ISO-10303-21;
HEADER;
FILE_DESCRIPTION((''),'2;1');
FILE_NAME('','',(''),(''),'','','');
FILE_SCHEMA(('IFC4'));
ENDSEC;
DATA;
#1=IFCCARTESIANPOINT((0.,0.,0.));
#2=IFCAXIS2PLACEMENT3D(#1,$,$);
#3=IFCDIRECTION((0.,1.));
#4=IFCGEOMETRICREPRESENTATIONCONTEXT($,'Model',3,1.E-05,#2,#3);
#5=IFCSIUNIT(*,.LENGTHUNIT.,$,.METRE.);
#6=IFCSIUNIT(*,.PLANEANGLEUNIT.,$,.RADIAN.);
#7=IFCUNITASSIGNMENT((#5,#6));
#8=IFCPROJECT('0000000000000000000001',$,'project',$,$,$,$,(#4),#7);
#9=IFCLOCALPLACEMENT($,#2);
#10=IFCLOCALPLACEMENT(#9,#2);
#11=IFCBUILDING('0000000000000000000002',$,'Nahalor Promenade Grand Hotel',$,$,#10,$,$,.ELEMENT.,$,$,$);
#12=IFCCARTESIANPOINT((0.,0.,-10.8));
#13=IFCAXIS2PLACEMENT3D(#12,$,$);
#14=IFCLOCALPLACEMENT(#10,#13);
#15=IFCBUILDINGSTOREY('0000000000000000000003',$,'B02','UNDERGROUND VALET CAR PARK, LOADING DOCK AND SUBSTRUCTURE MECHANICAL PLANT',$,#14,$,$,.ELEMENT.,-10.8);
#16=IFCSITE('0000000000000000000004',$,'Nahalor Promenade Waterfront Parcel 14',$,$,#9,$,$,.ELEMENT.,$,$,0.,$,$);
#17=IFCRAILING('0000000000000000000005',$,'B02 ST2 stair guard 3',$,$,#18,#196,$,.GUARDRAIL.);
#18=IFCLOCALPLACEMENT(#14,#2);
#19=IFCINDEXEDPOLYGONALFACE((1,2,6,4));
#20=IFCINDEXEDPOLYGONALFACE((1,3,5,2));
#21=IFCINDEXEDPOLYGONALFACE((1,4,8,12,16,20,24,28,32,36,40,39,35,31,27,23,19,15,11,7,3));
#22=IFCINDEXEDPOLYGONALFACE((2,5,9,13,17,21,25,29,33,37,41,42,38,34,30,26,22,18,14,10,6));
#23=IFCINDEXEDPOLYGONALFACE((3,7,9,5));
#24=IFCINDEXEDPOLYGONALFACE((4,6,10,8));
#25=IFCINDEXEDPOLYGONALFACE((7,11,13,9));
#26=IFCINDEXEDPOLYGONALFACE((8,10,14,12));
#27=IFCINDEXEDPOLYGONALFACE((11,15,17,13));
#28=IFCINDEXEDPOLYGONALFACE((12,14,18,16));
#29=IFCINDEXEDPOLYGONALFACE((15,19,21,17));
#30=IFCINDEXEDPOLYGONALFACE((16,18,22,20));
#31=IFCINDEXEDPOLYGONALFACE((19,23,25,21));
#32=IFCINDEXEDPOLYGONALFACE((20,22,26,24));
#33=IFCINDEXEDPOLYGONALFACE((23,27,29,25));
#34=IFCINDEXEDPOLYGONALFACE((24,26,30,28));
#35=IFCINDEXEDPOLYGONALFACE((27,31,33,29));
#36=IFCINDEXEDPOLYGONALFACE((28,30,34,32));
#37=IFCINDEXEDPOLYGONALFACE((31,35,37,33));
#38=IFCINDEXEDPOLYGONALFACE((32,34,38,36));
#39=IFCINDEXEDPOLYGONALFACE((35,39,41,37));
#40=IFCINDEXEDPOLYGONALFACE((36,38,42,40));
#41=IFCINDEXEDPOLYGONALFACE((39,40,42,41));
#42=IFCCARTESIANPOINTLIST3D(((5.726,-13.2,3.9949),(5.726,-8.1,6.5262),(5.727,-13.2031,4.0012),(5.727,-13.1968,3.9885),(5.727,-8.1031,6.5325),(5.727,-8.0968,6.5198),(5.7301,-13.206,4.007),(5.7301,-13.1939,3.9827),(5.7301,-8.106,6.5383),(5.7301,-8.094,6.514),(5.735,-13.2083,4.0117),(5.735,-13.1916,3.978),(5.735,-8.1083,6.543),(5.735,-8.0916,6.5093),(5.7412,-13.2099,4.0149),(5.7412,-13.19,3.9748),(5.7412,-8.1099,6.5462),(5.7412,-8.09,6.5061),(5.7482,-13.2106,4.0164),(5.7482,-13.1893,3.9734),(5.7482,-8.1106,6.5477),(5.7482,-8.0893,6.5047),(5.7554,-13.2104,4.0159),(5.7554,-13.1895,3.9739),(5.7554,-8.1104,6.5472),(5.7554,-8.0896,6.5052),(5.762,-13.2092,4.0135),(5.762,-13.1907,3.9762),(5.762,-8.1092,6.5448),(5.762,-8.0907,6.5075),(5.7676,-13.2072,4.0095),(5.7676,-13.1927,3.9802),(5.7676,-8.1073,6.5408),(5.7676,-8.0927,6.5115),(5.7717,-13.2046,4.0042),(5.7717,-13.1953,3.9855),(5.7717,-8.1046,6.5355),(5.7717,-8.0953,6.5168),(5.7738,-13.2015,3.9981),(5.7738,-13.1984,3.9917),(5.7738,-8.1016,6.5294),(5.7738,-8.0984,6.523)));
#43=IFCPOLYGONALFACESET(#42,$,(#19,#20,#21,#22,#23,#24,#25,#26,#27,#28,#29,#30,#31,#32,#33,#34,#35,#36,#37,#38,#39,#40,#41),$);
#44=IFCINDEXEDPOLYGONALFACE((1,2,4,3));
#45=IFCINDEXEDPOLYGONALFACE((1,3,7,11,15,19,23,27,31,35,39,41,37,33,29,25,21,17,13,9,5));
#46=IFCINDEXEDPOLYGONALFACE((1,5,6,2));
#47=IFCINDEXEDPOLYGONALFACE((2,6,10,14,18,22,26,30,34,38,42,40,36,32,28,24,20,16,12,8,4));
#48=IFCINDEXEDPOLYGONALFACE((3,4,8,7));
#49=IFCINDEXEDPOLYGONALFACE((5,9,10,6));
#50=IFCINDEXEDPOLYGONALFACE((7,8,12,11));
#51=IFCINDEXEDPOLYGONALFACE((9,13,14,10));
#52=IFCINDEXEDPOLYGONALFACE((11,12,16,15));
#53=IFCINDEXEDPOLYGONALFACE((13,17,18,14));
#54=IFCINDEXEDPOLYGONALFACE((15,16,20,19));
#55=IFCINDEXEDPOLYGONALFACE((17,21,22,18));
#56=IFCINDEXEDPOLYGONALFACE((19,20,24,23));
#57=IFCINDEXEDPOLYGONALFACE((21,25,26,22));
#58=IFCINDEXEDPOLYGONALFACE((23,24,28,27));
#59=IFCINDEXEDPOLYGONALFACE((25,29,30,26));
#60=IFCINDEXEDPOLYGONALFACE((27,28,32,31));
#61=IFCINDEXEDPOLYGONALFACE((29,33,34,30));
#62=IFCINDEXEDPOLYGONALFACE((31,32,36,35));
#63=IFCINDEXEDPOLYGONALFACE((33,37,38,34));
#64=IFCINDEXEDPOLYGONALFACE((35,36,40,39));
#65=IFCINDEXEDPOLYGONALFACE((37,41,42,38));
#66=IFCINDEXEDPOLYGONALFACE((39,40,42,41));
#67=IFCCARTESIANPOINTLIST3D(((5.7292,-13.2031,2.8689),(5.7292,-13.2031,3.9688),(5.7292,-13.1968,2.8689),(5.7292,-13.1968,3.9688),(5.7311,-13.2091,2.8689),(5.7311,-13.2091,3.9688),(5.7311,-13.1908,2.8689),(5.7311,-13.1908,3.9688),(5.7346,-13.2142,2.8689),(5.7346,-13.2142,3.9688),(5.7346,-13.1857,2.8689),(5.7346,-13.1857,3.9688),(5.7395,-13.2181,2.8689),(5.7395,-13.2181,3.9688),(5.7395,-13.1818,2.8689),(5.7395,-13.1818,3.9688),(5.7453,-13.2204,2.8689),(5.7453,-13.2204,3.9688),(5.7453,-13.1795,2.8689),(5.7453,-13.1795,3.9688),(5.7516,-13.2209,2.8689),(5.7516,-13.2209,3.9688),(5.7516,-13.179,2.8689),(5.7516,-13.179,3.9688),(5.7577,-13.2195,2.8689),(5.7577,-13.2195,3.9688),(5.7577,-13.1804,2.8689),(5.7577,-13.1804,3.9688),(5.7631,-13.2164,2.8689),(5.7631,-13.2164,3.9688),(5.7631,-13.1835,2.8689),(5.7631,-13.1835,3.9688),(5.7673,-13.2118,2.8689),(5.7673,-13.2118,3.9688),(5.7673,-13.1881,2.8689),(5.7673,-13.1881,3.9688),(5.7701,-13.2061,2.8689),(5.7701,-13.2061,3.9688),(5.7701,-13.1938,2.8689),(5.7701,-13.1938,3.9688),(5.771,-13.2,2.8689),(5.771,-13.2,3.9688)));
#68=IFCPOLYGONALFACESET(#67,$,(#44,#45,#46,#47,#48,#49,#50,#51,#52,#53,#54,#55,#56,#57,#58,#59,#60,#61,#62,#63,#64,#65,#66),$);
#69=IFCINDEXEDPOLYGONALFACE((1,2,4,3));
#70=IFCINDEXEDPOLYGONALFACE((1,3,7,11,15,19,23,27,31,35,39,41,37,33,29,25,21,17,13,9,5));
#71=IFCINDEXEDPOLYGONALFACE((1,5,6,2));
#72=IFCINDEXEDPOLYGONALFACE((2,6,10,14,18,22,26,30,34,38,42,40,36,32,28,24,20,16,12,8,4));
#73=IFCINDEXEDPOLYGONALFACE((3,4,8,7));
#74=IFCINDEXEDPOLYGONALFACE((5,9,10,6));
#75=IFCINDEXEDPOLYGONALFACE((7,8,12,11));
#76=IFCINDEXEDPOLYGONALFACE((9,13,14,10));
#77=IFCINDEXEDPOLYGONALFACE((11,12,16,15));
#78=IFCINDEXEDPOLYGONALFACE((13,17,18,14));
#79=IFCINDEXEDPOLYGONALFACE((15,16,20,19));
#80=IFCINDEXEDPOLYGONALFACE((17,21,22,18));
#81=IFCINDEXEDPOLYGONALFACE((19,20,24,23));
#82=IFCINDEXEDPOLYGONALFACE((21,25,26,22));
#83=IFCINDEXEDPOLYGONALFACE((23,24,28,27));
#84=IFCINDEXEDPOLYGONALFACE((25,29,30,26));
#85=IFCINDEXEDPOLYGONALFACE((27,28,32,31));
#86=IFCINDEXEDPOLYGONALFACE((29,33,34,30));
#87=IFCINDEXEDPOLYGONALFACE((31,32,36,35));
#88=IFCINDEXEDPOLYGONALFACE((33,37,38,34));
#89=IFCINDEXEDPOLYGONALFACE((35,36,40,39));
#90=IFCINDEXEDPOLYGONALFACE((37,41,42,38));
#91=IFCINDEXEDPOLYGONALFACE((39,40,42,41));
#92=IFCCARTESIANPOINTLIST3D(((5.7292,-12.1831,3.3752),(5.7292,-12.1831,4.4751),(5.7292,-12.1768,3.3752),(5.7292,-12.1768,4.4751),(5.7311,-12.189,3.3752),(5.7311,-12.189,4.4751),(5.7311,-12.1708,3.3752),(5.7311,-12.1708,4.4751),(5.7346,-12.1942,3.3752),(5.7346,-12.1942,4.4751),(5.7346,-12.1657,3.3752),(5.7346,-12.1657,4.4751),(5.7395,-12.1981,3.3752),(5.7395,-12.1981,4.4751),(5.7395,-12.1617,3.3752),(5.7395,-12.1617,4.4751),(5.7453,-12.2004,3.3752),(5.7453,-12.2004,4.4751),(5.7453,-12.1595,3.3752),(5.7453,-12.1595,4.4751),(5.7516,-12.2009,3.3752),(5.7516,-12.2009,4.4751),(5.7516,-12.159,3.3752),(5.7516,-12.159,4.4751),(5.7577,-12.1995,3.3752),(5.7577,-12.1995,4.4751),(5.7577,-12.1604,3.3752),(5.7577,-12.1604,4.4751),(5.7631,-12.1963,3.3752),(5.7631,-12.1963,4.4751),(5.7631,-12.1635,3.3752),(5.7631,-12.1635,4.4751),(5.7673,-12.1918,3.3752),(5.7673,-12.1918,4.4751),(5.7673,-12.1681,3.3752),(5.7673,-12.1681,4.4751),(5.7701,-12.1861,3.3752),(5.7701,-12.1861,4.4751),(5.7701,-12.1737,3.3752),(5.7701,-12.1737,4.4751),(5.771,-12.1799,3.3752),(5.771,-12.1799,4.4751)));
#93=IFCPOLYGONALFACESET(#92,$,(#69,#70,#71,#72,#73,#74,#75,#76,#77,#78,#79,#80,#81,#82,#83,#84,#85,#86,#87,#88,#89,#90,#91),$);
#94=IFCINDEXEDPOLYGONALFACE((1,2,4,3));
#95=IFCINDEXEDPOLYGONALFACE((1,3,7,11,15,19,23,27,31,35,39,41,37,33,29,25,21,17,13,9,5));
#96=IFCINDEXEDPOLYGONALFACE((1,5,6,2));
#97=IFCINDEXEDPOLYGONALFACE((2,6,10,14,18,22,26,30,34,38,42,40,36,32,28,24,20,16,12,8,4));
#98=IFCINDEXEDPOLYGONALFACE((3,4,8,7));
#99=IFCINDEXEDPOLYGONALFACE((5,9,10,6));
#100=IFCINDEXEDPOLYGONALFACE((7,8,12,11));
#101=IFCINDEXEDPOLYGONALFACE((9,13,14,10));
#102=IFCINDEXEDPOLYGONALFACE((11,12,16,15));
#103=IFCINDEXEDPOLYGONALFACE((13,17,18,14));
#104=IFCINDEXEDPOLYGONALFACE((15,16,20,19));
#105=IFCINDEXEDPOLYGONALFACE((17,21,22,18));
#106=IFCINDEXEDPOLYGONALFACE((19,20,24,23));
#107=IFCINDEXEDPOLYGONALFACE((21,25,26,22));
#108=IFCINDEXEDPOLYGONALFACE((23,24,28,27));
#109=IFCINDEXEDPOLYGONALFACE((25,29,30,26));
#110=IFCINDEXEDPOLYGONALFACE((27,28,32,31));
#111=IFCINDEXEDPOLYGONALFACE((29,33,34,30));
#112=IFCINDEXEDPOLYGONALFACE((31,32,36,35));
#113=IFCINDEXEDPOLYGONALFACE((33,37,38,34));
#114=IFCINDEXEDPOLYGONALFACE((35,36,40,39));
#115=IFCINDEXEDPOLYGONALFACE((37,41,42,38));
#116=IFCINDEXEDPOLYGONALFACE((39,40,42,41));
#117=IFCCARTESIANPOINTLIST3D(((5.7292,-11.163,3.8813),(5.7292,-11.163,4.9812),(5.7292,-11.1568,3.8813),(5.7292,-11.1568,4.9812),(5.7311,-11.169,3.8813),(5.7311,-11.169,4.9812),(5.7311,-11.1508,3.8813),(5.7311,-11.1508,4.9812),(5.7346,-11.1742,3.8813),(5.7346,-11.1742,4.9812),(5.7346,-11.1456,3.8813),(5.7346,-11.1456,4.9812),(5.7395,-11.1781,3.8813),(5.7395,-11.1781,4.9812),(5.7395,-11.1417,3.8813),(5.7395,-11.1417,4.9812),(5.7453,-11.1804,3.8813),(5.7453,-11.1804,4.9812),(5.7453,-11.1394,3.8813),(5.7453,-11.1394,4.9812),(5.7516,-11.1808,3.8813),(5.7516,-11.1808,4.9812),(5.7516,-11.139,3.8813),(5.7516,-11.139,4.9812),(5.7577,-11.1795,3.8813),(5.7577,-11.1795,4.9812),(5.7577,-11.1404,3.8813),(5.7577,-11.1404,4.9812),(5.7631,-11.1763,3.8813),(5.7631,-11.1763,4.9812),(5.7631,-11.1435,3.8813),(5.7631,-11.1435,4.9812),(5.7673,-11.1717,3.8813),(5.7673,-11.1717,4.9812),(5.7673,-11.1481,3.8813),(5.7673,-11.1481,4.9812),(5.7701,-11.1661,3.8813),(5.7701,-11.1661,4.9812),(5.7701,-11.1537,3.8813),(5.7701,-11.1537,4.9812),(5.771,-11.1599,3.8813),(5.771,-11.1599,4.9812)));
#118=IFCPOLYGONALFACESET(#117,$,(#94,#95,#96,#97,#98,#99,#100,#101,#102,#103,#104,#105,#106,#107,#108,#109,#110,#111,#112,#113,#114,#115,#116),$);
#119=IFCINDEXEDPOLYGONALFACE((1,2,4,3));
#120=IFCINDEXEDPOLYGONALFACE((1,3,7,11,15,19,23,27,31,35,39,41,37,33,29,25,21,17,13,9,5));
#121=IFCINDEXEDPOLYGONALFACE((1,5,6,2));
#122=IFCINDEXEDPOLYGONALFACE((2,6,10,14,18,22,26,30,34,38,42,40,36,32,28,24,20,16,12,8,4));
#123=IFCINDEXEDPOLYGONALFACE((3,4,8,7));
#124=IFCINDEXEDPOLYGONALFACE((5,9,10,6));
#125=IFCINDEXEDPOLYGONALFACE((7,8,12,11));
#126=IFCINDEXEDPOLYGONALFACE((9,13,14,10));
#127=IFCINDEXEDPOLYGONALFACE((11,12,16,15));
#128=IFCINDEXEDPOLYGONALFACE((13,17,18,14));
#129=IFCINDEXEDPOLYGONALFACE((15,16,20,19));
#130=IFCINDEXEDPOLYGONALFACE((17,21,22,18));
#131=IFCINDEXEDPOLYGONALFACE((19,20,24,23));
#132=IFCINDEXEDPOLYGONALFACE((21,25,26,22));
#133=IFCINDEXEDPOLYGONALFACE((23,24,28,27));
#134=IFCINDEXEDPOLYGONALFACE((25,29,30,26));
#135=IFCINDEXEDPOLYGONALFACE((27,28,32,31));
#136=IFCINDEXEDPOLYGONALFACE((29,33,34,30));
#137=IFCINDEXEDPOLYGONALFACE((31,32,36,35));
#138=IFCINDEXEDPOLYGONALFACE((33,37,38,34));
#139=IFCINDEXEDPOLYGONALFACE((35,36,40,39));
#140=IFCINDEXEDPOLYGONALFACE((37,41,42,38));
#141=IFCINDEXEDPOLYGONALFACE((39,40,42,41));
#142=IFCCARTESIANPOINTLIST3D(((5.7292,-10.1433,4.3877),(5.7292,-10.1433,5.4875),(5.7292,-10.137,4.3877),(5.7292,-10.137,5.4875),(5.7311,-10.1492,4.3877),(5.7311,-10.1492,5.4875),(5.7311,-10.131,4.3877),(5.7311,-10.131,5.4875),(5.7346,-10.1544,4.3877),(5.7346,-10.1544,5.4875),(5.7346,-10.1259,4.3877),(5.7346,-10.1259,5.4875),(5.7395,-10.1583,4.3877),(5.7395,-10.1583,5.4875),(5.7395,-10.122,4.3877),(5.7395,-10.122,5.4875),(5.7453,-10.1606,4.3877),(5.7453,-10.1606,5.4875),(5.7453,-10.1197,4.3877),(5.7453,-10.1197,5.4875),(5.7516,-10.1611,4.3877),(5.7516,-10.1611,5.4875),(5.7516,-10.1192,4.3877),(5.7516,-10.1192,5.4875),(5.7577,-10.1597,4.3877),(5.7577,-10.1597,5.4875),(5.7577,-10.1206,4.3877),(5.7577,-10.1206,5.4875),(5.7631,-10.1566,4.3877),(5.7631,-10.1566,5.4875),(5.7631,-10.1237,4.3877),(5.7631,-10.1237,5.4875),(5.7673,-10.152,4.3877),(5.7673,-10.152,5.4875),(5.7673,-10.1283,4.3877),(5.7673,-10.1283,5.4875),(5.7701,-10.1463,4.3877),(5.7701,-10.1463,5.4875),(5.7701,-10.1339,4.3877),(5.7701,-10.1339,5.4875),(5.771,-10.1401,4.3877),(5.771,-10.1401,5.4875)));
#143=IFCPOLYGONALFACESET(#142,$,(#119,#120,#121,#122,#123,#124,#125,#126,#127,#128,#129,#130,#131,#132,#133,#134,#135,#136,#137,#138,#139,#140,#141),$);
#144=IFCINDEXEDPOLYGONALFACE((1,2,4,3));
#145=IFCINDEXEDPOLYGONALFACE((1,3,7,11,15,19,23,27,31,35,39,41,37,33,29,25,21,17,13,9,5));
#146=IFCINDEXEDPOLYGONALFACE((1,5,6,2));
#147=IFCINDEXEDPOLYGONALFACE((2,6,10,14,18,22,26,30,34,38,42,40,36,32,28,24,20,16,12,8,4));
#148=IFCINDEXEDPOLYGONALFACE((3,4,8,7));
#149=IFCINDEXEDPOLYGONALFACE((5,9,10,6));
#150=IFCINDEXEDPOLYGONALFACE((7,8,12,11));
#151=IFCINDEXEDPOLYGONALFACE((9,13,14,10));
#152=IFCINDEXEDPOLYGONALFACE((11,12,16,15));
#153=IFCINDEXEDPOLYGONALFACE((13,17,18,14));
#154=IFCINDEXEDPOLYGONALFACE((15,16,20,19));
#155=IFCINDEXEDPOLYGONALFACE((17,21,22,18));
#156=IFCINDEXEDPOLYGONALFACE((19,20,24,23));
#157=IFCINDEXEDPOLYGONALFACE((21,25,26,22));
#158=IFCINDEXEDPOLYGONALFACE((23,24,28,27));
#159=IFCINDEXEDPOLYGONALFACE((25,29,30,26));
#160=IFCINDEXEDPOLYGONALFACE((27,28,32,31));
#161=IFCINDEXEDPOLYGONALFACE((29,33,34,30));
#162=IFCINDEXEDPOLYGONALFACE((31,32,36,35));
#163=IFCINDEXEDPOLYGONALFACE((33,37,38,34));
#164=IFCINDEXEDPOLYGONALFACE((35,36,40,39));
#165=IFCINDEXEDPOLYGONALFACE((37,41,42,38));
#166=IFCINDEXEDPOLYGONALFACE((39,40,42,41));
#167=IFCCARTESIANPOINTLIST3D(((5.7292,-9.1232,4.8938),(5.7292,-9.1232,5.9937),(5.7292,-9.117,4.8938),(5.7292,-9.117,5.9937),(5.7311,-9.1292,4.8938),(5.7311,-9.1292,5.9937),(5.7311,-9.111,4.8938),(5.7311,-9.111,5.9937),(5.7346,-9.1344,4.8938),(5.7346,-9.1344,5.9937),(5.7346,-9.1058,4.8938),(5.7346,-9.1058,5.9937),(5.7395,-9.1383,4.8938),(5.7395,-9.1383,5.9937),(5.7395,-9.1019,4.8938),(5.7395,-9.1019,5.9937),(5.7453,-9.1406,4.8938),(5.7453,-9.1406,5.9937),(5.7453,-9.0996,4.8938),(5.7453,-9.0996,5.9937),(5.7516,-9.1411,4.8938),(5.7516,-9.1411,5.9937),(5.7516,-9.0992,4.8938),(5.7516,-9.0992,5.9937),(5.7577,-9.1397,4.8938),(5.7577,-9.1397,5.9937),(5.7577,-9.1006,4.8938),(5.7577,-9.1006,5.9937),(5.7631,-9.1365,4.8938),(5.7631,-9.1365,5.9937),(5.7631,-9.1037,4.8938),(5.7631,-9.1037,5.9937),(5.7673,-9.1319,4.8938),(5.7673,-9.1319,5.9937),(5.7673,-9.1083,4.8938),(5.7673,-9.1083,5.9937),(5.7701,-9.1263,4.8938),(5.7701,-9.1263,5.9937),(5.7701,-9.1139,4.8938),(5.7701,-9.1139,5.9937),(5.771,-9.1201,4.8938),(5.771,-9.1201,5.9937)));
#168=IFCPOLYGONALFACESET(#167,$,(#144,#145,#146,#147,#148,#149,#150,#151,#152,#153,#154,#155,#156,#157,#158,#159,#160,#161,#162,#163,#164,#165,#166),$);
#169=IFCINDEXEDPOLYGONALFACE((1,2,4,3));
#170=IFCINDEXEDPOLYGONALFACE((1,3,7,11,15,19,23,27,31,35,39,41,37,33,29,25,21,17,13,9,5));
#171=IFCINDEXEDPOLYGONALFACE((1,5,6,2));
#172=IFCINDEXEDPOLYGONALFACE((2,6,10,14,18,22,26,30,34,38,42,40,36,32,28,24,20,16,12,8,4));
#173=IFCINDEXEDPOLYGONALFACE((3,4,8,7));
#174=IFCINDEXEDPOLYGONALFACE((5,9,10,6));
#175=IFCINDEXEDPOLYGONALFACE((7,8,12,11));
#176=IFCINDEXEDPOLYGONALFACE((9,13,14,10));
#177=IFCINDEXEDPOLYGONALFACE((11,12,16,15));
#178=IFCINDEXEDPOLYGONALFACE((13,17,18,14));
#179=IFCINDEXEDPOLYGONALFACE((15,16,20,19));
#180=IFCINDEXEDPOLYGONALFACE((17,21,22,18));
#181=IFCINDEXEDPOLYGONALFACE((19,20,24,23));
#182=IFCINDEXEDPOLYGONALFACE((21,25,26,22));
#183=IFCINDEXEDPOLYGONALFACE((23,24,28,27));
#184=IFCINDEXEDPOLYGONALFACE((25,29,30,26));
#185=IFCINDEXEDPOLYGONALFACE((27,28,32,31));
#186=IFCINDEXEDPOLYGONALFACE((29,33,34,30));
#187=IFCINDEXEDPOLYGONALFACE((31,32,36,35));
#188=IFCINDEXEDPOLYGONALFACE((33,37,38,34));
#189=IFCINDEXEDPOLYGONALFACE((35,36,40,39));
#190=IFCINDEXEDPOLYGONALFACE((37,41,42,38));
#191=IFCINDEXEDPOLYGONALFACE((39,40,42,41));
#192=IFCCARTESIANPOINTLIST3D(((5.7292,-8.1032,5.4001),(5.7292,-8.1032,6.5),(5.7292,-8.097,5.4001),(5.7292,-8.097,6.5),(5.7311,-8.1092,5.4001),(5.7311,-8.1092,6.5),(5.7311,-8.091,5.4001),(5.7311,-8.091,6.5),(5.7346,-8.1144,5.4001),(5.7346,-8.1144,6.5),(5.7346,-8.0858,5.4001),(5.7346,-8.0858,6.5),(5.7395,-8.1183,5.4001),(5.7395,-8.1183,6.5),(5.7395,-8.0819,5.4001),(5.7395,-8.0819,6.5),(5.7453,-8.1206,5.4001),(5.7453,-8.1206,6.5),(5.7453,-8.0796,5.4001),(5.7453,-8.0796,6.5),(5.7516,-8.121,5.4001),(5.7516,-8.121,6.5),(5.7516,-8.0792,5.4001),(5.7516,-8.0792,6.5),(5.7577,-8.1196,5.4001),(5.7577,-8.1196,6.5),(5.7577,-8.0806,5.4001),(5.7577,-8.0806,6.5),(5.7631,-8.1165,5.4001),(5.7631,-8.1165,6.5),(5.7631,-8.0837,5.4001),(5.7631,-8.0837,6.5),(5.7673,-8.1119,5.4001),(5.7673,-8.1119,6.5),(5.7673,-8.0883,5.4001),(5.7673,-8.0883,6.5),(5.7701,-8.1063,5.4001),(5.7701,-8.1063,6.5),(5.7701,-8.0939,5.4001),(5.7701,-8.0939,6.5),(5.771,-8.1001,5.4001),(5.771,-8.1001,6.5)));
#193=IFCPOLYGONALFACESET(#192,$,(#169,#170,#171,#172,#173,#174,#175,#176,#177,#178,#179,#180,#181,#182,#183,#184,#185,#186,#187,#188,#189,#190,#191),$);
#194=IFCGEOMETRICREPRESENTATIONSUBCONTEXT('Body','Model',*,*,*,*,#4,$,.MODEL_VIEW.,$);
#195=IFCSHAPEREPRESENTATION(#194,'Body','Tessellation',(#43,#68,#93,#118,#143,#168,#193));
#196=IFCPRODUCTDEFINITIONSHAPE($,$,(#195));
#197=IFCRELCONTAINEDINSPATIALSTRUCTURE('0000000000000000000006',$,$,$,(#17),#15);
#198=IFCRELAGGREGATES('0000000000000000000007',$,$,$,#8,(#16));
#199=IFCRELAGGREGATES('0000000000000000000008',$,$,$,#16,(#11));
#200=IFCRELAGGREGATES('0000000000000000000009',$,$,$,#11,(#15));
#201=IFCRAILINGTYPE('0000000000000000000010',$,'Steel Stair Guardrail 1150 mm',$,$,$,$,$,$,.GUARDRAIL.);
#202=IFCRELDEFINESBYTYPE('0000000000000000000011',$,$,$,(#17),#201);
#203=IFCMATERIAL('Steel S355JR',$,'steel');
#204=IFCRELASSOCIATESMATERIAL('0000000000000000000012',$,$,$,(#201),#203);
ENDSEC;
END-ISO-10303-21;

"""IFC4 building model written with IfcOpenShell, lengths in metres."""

from ifc_helpers import new_model, si_unit, direction, frame, origin, origin_2d, place, context, subcontext, project, spatial, circle, extrude, material, type_object, element, save


model = new_model("IFC4")

# Units and contexts
model_context = context("Model", 3, precision=1e-05, world=origin(), true_north=direction((0.0, 1.0)))
body_context = subcontext(model_context, "Body", "Model", "MODEL_VIEW")
ifc_project = project(units=[si_unit("LENGTHUNIT", "METRE"), si_unit("PLANEANGLEUNIT", "RADIAN")], contexts=[model_context])

# Site, building, storey
site_placement = place(None, origin())
site = spatial("IfcSite", under=ifc_project, at=site_placement, Name="Nahalor Promenade Waterfront Parcel 14", CompositionType="ELEMENT", RefElevation=0.0)
building_placement = place(site_placement, origin())
building = spatial("IfcBuilding", under=site, at=building_placement, Name="Nahalor Promenade Grand Hotel", CompositionType="ELEMENT")
storey_placement = place(building_placement, frame((0.0, 0.0, -10.8)))
storey = spatial("IfcBuildingStorey", under=building, at=storey_placement, Name="B02", Description="UNDERGROUND VALET CAR PARK, LOADING DOCK AND SUBSTRUCTURE MECHANICAL PLANT", CompositionType="ELEMENT", Elevation=-10.8)

# Shared definitions
ifc_material_1 = material(Name="Steel S355JR", Category="steel")

# Railing
railing_type_1 = type_object("IfcRailingType", Name="Steel Stair Guardrail 1150 mm", PredefinedType="GUARDRAIL", material=ifc_material_1)
railing_1_placement = place(storey_placement, frame((5.75, -13.2, 2.8689)))
element("IfcRailing", 1, at=railing_1_placement, inside=storey, type_object=railing_type_1, Name="B02 ST2 stair guard 3", PredefinedType="GUARDRAIL", context=body_context, shape_type="SweptSolid", body=[
    extrude(circle(Radius=0.024, at=origin_2d()), frame((0.0, 0.0, 1.126), z_axis=(0.0, 0.895735, 0.444587), x_axis=(-1.0, 0.0, 0.0)), (0.0, 0.0, 1.0), 5.6936),
    extrude(circle(Radius=0.021, at=origin_2d()), origin(), (0.0, 0.0, 1.0), 1.0999),
    extrude(circle(Radius=0.021, at=origin_2d()), frame((0.0, 1.02, 0.5063)), (0.0, 0.0, 1.0), 1.0999),
    extrude(circle(Radius=0.021, at=origin_2d()), frame((0.0, 2.04, 1.0125)), (0.0, 0.0, 1.0), 1.0999),
    extrude(circle(Radius=0.021, at=origin_2d()), frame((0.0, 3.0598, 1.5188)), (0.0, 0.0, 1.0), 1.0999),
    extrude(circle(Radius=0.021, at=origin_2d()), frame((0.0, 4.0798, 2.0249)), (0.0, 0.0, 1.0), 1.0999),
    extrude(circle(Radius=0.021, at=origin_2d()), frame((0.0, 5.0999, 2.5312)), (0.0, 0.0, 1.0), 1.0999),
])

save(model, "model.ifc")
